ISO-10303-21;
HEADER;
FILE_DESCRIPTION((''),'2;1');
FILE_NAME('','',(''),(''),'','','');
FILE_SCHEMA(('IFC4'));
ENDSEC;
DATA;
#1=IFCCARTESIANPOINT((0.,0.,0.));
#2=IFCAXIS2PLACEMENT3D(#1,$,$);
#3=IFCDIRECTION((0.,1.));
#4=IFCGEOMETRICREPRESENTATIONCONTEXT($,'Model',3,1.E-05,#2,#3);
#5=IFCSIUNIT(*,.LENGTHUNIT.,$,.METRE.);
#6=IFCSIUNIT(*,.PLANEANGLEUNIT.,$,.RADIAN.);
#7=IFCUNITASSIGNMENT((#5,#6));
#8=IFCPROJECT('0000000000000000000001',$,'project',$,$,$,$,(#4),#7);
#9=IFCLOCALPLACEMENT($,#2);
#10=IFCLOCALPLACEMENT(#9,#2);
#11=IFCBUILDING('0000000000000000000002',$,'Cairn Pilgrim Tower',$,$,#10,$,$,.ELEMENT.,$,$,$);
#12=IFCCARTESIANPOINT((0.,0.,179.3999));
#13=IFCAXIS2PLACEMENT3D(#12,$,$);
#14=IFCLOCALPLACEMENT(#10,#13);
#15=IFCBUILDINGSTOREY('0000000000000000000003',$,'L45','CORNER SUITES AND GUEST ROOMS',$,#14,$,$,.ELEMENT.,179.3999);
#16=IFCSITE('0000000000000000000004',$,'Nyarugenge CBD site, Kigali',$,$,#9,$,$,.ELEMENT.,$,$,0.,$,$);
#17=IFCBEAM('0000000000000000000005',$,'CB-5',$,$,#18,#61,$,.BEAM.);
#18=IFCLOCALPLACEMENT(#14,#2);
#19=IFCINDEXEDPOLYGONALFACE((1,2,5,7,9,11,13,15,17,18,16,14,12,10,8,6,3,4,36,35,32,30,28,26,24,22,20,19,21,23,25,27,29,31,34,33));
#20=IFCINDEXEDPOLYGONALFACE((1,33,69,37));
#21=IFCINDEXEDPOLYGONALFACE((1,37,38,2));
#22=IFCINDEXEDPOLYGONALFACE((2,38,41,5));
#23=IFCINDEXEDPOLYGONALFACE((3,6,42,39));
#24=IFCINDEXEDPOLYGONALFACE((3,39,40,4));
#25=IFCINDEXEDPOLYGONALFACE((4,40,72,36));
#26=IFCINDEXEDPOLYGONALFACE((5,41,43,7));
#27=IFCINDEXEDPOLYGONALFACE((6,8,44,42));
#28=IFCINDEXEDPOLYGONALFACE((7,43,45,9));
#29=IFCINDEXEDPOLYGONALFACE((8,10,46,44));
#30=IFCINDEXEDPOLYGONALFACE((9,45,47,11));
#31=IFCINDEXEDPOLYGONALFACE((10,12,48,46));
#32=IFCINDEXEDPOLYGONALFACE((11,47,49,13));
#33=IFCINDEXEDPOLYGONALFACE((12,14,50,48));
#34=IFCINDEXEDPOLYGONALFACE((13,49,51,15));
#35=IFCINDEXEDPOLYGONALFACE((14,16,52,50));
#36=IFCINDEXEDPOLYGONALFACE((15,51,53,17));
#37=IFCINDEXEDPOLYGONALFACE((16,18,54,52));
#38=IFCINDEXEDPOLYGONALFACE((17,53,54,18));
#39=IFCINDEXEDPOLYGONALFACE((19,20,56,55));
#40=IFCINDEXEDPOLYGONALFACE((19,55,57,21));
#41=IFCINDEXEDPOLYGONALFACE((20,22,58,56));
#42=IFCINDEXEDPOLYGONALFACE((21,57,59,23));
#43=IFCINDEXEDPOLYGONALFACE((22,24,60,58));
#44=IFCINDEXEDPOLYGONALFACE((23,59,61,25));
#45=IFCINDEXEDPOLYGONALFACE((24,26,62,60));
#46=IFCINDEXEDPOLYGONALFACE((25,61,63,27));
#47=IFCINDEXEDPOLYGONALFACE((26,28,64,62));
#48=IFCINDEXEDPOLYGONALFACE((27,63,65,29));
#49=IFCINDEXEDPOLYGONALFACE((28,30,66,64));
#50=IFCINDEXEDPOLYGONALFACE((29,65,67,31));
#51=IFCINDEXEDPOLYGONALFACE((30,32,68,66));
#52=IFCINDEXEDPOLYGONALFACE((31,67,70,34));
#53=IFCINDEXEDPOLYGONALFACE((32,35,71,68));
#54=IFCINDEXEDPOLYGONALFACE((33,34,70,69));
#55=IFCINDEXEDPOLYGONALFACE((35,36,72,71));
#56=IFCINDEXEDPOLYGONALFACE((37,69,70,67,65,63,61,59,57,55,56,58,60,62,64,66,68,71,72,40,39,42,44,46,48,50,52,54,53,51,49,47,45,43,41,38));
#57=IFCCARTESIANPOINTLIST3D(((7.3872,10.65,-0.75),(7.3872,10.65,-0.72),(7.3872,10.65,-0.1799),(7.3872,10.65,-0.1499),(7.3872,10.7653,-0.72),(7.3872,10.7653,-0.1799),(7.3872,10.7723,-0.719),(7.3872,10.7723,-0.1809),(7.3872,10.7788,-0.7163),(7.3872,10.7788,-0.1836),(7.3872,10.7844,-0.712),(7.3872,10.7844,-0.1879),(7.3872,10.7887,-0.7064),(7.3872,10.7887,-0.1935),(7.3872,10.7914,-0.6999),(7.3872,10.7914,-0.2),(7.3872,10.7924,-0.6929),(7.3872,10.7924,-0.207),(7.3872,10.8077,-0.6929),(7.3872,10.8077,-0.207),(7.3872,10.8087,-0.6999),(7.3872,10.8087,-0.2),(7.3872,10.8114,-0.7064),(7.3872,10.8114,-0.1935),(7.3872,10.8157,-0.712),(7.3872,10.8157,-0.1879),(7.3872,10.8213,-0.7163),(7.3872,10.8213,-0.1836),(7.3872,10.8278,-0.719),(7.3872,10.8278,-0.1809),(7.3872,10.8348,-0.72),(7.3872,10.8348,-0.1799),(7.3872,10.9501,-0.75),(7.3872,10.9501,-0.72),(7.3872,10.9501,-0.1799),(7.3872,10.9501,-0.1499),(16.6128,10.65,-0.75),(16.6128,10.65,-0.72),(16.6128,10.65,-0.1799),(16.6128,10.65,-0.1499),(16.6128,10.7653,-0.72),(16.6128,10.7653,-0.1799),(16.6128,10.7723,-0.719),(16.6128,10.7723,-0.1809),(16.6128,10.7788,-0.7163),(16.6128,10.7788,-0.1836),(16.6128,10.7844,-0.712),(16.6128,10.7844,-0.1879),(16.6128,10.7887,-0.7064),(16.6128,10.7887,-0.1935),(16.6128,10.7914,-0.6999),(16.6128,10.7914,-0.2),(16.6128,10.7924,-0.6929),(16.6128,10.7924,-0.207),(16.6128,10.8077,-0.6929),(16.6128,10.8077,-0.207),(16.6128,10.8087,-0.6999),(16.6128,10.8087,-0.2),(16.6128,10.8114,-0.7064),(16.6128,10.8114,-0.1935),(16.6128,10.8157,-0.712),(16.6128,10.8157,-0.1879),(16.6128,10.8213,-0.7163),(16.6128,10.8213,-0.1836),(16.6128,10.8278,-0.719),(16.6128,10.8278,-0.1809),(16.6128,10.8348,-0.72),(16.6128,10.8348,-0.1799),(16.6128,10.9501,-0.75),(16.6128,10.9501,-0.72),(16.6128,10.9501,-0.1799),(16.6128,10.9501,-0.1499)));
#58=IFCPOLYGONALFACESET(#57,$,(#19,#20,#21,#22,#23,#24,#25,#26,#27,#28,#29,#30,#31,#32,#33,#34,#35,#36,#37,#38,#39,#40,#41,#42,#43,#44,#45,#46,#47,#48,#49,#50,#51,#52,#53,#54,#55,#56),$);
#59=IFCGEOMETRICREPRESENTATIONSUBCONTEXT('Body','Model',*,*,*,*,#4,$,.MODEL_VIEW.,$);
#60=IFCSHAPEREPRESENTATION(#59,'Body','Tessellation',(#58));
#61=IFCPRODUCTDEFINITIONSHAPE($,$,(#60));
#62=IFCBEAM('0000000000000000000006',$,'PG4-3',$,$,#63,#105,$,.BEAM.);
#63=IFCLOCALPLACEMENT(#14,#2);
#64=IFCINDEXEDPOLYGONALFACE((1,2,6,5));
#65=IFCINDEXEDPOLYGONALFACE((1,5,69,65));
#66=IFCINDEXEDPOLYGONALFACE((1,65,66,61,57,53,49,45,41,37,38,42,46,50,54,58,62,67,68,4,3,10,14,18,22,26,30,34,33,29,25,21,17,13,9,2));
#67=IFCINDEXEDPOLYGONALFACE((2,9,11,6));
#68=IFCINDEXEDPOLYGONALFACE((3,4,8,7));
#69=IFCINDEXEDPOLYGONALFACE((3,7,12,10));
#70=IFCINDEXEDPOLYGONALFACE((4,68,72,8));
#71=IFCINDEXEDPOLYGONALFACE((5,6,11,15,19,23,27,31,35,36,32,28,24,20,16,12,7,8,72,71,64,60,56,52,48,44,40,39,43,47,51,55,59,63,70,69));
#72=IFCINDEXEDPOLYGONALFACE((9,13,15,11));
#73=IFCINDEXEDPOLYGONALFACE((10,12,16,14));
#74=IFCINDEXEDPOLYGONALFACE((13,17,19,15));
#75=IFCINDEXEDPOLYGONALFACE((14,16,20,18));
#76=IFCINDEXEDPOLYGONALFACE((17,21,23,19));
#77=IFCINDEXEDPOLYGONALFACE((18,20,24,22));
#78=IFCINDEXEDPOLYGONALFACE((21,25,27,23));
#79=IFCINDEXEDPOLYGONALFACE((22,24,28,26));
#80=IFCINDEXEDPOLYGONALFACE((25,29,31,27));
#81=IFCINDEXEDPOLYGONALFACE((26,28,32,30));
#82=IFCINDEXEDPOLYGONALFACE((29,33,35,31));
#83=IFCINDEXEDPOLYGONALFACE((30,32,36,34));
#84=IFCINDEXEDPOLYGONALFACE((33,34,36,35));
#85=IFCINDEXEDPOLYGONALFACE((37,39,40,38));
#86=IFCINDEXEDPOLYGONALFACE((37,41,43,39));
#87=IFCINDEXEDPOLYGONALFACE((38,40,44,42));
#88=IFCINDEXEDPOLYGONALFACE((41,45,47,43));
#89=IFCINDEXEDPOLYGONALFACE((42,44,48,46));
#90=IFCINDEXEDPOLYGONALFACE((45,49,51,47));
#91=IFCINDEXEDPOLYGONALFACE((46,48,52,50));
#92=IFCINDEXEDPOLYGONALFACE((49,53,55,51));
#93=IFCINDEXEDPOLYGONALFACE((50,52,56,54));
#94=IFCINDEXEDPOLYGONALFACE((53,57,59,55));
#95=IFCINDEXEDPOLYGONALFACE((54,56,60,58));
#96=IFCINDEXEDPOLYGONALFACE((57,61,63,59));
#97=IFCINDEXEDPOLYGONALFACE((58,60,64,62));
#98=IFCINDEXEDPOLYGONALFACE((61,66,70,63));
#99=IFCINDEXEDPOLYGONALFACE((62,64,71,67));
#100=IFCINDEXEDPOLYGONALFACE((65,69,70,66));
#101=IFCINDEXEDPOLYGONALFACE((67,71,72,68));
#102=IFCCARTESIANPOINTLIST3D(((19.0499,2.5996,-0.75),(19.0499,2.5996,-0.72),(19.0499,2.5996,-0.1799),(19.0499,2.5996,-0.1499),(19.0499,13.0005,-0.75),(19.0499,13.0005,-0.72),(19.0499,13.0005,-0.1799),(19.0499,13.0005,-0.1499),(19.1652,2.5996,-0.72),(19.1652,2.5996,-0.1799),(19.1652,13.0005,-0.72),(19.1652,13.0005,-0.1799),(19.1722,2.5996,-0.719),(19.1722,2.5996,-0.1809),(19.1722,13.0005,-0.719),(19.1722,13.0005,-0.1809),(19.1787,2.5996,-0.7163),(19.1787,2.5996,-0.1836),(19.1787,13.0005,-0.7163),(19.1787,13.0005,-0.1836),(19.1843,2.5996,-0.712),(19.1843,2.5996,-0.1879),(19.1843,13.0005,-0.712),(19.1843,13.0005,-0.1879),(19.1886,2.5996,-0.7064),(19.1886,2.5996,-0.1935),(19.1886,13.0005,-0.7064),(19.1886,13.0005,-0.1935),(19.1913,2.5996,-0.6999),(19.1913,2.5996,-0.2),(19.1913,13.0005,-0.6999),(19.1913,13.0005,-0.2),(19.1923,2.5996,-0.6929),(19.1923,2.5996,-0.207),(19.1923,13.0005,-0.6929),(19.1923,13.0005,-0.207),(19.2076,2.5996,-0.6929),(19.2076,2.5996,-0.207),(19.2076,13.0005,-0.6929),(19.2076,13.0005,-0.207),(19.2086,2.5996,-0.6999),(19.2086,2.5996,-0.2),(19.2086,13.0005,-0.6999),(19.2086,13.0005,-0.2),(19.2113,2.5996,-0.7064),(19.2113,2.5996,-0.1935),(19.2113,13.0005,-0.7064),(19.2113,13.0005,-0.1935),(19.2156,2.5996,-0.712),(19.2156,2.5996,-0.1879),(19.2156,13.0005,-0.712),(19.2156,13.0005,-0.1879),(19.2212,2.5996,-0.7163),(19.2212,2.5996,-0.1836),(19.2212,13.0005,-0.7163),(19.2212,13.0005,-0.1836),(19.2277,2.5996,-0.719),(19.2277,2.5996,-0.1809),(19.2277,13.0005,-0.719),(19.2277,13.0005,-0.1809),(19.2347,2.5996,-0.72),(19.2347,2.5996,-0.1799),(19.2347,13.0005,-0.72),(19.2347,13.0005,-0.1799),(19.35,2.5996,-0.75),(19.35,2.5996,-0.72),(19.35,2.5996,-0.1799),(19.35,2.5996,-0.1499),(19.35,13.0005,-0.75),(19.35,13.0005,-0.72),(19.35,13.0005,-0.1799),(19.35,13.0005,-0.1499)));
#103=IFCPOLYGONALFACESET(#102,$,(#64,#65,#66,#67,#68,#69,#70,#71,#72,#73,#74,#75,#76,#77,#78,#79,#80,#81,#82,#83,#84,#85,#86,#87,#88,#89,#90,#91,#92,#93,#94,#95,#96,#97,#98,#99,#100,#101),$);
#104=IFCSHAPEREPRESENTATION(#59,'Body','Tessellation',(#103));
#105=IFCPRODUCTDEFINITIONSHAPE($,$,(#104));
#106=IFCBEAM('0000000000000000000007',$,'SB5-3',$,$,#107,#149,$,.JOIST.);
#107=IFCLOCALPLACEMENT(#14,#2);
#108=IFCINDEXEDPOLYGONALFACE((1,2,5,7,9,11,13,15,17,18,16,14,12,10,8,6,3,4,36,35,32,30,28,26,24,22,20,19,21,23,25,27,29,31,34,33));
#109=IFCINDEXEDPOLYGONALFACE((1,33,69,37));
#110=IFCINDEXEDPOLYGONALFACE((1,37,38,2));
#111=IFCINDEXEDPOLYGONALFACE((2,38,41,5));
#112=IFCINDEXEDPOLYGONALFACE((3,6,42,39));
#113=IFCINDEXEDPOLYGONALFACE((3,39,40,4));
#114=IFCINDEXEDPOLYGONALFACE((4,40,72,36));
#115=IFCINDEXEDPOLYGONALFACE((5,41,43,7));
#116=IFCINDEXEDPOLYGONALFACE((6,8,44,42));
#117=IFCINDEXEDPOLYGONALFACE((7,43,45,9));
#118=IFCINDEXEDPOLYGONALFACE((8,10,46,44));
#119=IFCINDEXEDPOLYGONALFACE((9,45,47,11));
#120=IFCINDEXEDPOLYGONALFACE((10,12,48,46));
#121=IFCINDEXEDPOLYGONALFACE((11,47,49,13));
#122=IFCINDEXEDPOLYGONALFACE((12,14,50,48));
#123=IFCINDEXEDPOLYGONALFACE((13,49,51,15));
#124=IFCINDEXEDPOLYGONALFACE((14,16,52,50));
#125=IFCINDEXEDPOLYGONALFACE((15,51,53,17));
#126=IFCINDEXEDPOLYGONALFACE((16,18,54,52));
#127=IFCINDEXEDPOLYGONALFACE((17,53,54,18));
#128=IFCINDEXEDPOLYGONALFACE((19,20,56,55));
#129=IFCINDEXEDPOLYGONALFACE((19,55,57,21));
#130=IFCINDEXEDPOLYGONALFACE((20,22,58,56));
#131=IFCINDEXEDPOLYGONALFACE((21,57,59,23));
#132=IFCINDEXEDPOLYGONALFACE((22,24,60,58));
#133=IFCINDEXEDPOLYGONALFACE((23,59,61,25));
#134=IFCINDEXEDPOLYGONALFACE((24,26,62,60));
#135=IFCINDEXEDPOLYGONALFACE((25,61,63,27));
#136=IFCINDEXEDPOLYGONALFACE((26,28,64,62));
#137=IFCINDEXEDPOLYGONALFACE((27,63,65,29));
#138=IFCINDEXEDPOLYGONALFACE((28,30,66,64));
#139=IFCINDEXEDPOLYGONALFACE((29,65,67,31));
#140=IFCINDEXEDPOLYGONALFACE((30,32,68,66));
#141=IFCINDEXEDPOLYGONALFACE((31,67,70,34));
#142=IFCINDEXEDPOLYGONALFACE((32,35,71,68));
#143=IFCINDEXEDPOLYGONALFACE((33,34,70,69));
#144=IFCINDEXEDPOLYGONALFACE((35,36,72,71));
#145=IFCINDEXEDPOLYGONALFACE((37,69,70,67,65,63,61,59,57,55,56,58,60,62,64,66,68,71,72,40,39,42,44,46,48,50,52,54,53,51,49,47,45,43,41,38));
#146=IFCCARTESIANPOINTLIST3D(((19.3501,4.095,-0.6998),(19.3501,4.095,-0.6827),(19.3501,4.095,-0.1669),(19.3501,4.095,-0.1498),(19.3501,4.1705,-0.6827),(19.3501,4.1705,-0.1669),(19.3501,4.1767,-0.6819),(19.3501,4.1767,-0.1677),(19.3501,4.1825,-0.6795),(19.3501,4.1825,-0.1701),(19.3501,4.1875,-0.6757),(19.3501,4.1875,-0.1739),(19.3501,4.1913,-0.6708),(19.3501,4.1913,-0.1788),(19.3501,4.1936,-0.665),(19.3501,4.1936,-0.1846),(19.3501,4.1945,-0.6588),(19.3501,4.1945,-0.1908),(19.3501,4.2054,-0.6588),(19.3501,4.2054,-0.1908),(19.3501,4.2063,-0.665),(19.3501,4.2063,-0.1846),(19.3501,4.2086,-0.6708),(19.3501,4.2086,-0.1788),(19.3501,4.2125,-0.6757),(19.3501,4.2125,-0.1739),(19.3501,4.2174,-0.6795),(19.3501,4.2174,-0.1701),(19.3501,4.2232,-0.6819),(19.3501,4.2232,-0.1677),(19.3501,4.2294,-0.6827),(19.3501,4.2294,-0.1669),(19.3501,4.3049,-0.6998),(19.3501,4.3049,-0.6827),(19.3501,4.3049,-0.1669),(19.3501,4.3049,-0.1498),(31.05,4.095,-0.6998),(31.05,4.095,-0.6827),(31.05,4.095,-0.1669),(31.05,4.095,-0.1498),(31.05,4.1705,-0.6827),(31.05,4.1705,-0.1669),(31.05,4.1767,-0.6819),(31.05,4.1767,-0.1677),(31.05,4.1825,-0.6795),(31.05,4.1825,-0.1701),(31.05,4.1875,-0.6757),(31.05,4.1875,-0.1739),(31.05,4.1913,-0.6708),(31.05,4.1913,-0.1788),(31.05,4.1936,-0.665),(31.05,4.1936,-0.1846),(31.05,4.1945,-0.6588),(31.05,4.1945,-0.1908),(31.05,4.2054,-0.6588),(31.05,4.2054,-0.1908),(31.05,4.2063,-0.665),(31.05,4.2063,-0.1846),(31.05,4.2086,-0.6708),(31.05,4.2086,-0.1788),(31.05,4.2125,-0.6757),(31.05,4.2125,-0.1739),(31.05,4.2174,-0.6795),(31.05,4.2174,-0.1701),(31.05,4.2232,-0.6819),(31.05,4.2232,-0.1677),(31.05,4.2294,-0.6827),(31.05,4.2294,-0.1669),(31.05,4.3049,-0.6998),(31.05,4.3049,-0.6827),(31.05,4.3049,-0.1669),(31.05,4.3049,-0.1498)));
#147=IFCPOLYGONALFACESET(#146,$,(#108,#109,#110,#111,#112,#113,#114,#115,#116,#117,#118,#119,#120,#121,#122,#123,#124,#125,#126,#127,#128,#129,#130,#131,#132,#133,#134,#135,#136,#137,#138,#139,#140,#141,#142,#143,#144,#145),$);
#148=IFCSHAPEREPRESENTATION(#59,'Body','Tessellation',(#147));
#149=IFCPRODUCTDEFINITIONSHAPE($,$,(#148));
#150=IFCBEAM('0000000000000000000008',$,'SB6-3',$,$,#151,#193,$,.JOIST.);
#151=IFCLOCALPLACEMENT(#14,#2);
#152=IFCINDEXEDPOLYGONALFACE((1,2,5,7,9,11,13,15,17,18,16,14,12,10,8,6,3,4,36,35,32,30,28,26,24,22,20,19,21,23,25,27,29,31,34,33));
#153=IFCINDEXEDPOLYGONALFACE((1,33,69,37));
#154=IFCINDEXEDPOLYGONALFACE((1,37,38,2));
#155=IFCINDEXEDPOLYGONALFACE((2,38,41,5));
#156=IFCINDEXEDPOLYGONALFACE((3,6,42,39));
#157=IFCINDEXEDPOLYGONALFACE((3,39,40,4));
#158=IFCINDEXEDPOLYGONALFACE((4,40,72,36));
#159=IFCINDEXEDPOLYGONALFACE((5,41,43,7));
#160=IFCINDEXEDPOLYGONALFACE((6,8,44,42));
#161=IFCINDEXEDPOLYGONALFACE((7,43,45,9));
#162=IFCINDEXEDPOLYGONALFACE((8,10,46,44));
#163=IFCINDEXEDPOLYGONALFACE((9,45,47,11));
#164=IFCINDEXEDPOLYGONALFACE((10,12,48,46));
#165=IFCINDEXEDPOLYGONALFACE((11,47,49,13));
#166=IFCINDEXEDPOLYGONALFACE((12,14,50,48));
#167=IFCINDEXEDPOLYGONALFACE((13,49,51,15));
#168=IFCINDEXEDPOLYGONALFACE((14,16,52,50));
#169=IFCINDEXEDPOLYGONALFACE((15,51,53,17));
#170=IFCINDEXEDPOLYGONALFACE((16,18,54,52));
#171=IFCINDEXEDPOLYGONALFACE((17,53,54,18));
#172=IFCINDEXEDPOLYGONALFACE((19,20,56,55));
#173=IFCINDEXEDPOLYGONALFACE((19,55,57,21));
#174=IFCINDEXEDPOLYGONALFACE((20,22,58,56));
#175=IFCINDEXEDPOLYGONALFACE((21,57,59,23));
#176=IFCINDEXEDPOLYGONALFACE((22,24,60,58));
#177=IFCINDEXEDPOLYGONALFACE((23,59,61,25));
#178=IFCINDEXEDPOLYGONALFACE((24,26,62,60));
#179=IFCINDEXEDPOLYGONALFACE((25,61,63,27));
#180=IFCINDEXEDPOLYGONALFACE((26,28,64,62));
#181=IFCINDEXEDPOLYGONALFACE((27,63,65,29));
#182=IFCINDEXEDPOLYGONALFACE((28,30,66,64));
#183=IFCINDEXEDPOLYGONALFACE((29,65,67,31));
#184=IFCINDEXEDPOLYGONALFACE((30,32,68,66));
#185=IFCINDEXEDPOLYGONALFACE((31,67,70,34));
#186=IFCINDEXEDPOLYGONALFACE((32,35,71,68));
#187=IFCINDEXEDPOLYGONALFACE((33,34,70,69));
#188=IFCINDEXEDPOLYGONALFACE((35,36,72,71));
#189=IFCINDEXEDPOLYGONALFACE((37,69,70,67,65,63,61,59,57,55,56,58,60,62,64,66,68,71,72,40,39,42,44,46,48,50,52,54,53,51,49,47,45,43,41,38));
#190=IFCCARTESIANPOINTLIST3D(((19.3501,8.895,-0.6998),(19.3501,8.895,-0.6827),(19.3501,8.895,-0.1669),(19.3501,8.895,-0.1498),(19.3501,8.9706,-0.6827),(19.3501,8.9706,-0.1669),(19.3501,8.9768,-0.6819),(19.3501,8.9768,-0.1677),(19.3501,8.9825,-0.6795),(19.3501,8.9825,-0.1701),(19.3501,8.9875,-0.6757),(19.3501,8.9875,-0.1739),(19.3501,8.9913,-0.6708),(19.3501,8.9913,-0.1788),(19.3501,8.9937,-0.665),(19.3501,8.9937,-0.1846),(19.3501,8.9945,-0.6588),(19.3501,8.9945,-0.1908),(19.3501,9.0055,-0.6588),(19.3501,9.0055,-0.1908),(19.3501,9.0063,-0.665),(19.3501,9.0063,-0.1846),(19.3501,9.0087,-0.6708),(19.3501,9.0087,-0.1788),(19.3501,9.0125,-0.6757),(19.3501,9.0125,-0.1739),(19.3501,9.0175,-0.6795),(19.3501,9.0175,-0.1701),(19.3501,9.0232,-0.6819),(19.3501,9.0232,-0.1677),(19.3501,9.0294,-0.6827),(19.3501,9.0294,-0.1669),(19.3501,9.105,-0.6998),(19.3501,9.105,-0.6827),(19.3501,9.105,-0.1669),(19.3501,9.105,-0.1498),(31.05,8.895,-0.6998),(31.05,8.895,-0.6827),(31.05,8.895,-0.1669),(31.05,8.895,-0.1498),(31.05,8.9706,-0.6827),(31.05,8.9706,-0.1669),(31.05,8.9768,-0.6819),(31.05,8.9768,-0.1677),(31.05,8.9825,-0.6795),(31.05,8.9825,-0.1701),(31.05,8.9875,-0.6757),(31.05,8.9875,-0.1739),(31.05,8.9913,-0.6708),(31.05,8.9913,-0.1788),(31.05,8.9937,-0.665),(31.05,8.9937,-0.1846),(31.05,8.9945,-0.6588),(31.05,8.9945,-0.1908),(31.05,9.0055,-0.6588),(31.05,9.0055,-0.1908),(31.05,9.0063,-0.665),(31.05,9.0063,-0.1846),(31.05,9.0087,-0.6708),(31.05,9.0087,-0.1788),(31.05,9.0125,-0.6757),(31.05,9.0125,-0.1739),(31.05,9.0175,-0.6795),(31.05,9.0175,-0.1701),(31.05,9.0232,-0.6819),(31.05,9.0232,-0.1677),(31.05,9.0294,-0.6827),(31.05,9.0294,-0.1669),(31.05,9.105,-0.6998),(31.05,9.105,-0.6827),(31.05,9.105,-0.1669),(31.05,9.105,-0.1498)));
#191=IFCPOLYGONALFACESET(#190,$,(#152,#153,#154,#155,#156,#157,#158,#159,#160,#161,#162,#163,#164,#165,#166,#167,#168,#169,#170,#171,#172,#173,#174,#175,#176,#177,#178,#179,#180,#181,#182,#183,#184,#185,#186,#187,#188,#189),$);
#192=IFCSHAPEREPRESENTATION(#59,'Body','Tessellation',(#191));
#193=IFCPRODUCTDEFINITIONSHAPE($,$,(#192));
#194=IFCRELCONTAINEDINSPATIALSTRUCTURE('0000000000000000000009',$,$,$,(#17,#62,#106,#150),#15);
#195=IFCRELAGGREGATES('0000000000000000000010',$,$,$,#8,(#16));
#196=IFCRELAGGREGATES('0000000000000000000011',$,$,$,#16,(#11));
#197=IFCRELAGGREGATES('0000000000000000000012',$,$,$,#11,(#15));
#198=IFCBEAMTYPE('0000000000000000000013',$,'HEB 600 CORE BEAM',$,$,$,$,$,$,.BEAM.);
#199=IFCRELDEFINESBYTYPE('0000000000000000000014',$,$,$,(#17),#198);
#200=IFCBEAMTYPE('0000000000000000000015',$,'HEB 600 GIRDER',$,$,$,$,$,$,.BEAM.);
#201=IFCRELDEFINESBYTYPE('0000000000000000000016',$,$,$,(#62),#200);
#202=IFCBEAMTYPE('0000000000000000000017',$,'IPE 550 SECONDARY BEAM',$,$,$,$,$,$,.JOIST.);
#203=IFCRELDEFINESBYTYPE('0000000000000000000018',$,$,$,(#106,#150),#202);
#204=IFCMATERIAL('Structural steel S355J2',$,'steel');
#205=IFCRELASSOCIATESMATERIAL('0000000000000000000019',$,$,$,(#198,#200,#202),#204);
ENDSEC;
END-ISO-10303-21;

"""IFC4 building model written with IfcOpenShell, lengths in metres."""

from ifc_helpers import new_model, si_unit, direction, frame, origin, origin_2d, place, context, subcontext, project, spatial, i_section, extrude, material, material_profile, profile_set, type_object, element, save


model = new_model("IFC4")

# Units and contexts
model_context = context("Model", 3, precision=1e-05, world=origin(), true_north=direction((0.0, 1.0)))
body_context = subcontext(model_context, "Body", "Model", "MODEL_VIEW")
ifc_project = project(units=[si_unit("LENGTHUNIT", "METRE"), si_unit("PLANEANGLEUNIT", "RADIAN")], contexts=[model_context])

# Site, building, storey
site_placement = place(None, origin())
site = spatial("IfcSite", under=ifc_project, at=site_placement, Name="Nyarugenge CBD site, Kigali", CompositionType="ELEMENT", RefElevation=0.0)
building_placement = place(site_placement, origin())
building = spatial("IfcBuilding", under=site, at=building_placement, Name="Cairn Pilgrim Tower", CompositionType="ELEMENT")
storey_placement = place(building_placement, frame((0.0, 0.0, 179.3999)))
storey = spatial("IfcBuildingStorey", under=building, at=storey_placement, Name="L45", Description="CORNER SUITES AND GUEST ROOMS", CompositionType="ELEMENT", Elevation=179.3999)

# Shared definitions
ifc_material_1 = material(Name="Structural steel S355J2", Category="steel")

# Beams
ifc_material_profile_1 = material_profile(ifc_material_1, i_section(OverallWidth=0.3, OverallDepth=0.6001, WebThickness=0.0154, FlangeThickness=0.03, FilletRadius=0.0271, at=origin_2d()), Name="HEB 600")
ifc_profile_set_1 = profile_set([ifc_material_profile_1], Name="Structural steel S355J2")
beam_type_1 = type_object("IfcBeamType", Name="HEB 600 CORE BEAM", PredefinedType="BEAM", material=ifc_profile_set_1)
beam_1_placement = place(storey_placement, frame((16.6128, 10.8, -0.45), z_axis=(-1.0, 0.0, 0.0), x_axis=(0.0, -1.0, 0.0)))
element("IfcBeam", 1, at=beam_1_placement, inside=storey, type_object=beam_type_1, Name="CB-5", PredefinedType="BEAM", context=body_context, shape_type="SweptSolid", body=[
    extrude(i_section(OverallWidth=0.3, OverallDepth=0.6001, WebThickness=0.0154, FlangeThickness=0.03, FilletRadius=0.0271, at=origin_2d()), origin(), (0.0, 0.0, 1.0), 9.2256),
])
ifc_material_profile_2 = material_profile(ifc_material_1, i_section(OverallWidth=0.3, OverallDepth=0.6001, WebThickness=0.0154, FlangeThickness=0.03, FilletRadius=0.0271, at=origin_2d()), Name="HEB 600")
ifc_profile_set_2 = profile_set([ifc_material_profile_2], Name="Structural steel S355J2")
beam_type_2 = type_object("IfcBeamType", Name="HEB 600 GIRDER", PredefinedType="BEAM", material=ifc_profile_set_2)
beam_2_placement = place(storey_placement, frame((19.2, 2.5996, -0.45), z_axis=(0.0, 1.0, 0.0), x_axis=(-1.0, 0.0, 0.0)))
element("IfcBeam", 2, at=beam_2_placement, inside=storey, type_object=beam_type_2, Name="PG4-3", PredefinedType="BEAM", context=body_context, shape_type="SweptSolid", body=[
    extrude(i_section(OverallWidth=0.3, OverallDepth=0.6001, WebThickness=0.0154, FlangeThickness=0.03, FilletRadius=0.0271, at=origin_2d()), origin(), (0.0, 0.0, 1.0), 10.4009),
])
ifc_material_profile_3 = material_profile(ifc_material_1, i_section(OverallWidth=0.21, OverallDepth=0.55, WebThickness=0.011, FlangeThickness=0.0171, FilletRadius=0.0239, at=origin_2d()), Name="IPE 550")
ifc_profile_set_3 = profile_set([ifc_material_profile_3], Name="Structural steel S355J2")
beam_type_3 = type_object("IfcBeamType", Name="IPE 550 SECONDARY BEAM", PredefinedType="JOIST", material=ifc_profile_set_3)
for number, where, z_axis, x_axis, name in (
    (3, (19.3501, 4.2, -0.4248), (1.0, 0.0, 0.0), (0.0, 1.0, 0.0), "SB5-3"),
    (4, (19.3501, 9.0, -0.4248), (1.0, 0.0, 0.0), (0.0, 1.0, 0.0), "SB6-3"),
):
    element("IfcBeam", number, at=place(storey_placement, frame(where, z_axis=z_axis, x_axis=x_axis)), inside=storey, type_object=beam_type_3, Name=name, PredefinedType="JOIST", context=body_context, shape_type="SweptSolid", body=[
        extrude(i_section(OverallWidth=0.21, OverallDepth=0.55, WebThickness=0.011, FlangeThickness=0.0171, FilletRadius=0.0239, at=origin_2d()), origin(), (0.0, 0.0, 1.0), 11.7),
    ])

save(model, "model.ifc")
